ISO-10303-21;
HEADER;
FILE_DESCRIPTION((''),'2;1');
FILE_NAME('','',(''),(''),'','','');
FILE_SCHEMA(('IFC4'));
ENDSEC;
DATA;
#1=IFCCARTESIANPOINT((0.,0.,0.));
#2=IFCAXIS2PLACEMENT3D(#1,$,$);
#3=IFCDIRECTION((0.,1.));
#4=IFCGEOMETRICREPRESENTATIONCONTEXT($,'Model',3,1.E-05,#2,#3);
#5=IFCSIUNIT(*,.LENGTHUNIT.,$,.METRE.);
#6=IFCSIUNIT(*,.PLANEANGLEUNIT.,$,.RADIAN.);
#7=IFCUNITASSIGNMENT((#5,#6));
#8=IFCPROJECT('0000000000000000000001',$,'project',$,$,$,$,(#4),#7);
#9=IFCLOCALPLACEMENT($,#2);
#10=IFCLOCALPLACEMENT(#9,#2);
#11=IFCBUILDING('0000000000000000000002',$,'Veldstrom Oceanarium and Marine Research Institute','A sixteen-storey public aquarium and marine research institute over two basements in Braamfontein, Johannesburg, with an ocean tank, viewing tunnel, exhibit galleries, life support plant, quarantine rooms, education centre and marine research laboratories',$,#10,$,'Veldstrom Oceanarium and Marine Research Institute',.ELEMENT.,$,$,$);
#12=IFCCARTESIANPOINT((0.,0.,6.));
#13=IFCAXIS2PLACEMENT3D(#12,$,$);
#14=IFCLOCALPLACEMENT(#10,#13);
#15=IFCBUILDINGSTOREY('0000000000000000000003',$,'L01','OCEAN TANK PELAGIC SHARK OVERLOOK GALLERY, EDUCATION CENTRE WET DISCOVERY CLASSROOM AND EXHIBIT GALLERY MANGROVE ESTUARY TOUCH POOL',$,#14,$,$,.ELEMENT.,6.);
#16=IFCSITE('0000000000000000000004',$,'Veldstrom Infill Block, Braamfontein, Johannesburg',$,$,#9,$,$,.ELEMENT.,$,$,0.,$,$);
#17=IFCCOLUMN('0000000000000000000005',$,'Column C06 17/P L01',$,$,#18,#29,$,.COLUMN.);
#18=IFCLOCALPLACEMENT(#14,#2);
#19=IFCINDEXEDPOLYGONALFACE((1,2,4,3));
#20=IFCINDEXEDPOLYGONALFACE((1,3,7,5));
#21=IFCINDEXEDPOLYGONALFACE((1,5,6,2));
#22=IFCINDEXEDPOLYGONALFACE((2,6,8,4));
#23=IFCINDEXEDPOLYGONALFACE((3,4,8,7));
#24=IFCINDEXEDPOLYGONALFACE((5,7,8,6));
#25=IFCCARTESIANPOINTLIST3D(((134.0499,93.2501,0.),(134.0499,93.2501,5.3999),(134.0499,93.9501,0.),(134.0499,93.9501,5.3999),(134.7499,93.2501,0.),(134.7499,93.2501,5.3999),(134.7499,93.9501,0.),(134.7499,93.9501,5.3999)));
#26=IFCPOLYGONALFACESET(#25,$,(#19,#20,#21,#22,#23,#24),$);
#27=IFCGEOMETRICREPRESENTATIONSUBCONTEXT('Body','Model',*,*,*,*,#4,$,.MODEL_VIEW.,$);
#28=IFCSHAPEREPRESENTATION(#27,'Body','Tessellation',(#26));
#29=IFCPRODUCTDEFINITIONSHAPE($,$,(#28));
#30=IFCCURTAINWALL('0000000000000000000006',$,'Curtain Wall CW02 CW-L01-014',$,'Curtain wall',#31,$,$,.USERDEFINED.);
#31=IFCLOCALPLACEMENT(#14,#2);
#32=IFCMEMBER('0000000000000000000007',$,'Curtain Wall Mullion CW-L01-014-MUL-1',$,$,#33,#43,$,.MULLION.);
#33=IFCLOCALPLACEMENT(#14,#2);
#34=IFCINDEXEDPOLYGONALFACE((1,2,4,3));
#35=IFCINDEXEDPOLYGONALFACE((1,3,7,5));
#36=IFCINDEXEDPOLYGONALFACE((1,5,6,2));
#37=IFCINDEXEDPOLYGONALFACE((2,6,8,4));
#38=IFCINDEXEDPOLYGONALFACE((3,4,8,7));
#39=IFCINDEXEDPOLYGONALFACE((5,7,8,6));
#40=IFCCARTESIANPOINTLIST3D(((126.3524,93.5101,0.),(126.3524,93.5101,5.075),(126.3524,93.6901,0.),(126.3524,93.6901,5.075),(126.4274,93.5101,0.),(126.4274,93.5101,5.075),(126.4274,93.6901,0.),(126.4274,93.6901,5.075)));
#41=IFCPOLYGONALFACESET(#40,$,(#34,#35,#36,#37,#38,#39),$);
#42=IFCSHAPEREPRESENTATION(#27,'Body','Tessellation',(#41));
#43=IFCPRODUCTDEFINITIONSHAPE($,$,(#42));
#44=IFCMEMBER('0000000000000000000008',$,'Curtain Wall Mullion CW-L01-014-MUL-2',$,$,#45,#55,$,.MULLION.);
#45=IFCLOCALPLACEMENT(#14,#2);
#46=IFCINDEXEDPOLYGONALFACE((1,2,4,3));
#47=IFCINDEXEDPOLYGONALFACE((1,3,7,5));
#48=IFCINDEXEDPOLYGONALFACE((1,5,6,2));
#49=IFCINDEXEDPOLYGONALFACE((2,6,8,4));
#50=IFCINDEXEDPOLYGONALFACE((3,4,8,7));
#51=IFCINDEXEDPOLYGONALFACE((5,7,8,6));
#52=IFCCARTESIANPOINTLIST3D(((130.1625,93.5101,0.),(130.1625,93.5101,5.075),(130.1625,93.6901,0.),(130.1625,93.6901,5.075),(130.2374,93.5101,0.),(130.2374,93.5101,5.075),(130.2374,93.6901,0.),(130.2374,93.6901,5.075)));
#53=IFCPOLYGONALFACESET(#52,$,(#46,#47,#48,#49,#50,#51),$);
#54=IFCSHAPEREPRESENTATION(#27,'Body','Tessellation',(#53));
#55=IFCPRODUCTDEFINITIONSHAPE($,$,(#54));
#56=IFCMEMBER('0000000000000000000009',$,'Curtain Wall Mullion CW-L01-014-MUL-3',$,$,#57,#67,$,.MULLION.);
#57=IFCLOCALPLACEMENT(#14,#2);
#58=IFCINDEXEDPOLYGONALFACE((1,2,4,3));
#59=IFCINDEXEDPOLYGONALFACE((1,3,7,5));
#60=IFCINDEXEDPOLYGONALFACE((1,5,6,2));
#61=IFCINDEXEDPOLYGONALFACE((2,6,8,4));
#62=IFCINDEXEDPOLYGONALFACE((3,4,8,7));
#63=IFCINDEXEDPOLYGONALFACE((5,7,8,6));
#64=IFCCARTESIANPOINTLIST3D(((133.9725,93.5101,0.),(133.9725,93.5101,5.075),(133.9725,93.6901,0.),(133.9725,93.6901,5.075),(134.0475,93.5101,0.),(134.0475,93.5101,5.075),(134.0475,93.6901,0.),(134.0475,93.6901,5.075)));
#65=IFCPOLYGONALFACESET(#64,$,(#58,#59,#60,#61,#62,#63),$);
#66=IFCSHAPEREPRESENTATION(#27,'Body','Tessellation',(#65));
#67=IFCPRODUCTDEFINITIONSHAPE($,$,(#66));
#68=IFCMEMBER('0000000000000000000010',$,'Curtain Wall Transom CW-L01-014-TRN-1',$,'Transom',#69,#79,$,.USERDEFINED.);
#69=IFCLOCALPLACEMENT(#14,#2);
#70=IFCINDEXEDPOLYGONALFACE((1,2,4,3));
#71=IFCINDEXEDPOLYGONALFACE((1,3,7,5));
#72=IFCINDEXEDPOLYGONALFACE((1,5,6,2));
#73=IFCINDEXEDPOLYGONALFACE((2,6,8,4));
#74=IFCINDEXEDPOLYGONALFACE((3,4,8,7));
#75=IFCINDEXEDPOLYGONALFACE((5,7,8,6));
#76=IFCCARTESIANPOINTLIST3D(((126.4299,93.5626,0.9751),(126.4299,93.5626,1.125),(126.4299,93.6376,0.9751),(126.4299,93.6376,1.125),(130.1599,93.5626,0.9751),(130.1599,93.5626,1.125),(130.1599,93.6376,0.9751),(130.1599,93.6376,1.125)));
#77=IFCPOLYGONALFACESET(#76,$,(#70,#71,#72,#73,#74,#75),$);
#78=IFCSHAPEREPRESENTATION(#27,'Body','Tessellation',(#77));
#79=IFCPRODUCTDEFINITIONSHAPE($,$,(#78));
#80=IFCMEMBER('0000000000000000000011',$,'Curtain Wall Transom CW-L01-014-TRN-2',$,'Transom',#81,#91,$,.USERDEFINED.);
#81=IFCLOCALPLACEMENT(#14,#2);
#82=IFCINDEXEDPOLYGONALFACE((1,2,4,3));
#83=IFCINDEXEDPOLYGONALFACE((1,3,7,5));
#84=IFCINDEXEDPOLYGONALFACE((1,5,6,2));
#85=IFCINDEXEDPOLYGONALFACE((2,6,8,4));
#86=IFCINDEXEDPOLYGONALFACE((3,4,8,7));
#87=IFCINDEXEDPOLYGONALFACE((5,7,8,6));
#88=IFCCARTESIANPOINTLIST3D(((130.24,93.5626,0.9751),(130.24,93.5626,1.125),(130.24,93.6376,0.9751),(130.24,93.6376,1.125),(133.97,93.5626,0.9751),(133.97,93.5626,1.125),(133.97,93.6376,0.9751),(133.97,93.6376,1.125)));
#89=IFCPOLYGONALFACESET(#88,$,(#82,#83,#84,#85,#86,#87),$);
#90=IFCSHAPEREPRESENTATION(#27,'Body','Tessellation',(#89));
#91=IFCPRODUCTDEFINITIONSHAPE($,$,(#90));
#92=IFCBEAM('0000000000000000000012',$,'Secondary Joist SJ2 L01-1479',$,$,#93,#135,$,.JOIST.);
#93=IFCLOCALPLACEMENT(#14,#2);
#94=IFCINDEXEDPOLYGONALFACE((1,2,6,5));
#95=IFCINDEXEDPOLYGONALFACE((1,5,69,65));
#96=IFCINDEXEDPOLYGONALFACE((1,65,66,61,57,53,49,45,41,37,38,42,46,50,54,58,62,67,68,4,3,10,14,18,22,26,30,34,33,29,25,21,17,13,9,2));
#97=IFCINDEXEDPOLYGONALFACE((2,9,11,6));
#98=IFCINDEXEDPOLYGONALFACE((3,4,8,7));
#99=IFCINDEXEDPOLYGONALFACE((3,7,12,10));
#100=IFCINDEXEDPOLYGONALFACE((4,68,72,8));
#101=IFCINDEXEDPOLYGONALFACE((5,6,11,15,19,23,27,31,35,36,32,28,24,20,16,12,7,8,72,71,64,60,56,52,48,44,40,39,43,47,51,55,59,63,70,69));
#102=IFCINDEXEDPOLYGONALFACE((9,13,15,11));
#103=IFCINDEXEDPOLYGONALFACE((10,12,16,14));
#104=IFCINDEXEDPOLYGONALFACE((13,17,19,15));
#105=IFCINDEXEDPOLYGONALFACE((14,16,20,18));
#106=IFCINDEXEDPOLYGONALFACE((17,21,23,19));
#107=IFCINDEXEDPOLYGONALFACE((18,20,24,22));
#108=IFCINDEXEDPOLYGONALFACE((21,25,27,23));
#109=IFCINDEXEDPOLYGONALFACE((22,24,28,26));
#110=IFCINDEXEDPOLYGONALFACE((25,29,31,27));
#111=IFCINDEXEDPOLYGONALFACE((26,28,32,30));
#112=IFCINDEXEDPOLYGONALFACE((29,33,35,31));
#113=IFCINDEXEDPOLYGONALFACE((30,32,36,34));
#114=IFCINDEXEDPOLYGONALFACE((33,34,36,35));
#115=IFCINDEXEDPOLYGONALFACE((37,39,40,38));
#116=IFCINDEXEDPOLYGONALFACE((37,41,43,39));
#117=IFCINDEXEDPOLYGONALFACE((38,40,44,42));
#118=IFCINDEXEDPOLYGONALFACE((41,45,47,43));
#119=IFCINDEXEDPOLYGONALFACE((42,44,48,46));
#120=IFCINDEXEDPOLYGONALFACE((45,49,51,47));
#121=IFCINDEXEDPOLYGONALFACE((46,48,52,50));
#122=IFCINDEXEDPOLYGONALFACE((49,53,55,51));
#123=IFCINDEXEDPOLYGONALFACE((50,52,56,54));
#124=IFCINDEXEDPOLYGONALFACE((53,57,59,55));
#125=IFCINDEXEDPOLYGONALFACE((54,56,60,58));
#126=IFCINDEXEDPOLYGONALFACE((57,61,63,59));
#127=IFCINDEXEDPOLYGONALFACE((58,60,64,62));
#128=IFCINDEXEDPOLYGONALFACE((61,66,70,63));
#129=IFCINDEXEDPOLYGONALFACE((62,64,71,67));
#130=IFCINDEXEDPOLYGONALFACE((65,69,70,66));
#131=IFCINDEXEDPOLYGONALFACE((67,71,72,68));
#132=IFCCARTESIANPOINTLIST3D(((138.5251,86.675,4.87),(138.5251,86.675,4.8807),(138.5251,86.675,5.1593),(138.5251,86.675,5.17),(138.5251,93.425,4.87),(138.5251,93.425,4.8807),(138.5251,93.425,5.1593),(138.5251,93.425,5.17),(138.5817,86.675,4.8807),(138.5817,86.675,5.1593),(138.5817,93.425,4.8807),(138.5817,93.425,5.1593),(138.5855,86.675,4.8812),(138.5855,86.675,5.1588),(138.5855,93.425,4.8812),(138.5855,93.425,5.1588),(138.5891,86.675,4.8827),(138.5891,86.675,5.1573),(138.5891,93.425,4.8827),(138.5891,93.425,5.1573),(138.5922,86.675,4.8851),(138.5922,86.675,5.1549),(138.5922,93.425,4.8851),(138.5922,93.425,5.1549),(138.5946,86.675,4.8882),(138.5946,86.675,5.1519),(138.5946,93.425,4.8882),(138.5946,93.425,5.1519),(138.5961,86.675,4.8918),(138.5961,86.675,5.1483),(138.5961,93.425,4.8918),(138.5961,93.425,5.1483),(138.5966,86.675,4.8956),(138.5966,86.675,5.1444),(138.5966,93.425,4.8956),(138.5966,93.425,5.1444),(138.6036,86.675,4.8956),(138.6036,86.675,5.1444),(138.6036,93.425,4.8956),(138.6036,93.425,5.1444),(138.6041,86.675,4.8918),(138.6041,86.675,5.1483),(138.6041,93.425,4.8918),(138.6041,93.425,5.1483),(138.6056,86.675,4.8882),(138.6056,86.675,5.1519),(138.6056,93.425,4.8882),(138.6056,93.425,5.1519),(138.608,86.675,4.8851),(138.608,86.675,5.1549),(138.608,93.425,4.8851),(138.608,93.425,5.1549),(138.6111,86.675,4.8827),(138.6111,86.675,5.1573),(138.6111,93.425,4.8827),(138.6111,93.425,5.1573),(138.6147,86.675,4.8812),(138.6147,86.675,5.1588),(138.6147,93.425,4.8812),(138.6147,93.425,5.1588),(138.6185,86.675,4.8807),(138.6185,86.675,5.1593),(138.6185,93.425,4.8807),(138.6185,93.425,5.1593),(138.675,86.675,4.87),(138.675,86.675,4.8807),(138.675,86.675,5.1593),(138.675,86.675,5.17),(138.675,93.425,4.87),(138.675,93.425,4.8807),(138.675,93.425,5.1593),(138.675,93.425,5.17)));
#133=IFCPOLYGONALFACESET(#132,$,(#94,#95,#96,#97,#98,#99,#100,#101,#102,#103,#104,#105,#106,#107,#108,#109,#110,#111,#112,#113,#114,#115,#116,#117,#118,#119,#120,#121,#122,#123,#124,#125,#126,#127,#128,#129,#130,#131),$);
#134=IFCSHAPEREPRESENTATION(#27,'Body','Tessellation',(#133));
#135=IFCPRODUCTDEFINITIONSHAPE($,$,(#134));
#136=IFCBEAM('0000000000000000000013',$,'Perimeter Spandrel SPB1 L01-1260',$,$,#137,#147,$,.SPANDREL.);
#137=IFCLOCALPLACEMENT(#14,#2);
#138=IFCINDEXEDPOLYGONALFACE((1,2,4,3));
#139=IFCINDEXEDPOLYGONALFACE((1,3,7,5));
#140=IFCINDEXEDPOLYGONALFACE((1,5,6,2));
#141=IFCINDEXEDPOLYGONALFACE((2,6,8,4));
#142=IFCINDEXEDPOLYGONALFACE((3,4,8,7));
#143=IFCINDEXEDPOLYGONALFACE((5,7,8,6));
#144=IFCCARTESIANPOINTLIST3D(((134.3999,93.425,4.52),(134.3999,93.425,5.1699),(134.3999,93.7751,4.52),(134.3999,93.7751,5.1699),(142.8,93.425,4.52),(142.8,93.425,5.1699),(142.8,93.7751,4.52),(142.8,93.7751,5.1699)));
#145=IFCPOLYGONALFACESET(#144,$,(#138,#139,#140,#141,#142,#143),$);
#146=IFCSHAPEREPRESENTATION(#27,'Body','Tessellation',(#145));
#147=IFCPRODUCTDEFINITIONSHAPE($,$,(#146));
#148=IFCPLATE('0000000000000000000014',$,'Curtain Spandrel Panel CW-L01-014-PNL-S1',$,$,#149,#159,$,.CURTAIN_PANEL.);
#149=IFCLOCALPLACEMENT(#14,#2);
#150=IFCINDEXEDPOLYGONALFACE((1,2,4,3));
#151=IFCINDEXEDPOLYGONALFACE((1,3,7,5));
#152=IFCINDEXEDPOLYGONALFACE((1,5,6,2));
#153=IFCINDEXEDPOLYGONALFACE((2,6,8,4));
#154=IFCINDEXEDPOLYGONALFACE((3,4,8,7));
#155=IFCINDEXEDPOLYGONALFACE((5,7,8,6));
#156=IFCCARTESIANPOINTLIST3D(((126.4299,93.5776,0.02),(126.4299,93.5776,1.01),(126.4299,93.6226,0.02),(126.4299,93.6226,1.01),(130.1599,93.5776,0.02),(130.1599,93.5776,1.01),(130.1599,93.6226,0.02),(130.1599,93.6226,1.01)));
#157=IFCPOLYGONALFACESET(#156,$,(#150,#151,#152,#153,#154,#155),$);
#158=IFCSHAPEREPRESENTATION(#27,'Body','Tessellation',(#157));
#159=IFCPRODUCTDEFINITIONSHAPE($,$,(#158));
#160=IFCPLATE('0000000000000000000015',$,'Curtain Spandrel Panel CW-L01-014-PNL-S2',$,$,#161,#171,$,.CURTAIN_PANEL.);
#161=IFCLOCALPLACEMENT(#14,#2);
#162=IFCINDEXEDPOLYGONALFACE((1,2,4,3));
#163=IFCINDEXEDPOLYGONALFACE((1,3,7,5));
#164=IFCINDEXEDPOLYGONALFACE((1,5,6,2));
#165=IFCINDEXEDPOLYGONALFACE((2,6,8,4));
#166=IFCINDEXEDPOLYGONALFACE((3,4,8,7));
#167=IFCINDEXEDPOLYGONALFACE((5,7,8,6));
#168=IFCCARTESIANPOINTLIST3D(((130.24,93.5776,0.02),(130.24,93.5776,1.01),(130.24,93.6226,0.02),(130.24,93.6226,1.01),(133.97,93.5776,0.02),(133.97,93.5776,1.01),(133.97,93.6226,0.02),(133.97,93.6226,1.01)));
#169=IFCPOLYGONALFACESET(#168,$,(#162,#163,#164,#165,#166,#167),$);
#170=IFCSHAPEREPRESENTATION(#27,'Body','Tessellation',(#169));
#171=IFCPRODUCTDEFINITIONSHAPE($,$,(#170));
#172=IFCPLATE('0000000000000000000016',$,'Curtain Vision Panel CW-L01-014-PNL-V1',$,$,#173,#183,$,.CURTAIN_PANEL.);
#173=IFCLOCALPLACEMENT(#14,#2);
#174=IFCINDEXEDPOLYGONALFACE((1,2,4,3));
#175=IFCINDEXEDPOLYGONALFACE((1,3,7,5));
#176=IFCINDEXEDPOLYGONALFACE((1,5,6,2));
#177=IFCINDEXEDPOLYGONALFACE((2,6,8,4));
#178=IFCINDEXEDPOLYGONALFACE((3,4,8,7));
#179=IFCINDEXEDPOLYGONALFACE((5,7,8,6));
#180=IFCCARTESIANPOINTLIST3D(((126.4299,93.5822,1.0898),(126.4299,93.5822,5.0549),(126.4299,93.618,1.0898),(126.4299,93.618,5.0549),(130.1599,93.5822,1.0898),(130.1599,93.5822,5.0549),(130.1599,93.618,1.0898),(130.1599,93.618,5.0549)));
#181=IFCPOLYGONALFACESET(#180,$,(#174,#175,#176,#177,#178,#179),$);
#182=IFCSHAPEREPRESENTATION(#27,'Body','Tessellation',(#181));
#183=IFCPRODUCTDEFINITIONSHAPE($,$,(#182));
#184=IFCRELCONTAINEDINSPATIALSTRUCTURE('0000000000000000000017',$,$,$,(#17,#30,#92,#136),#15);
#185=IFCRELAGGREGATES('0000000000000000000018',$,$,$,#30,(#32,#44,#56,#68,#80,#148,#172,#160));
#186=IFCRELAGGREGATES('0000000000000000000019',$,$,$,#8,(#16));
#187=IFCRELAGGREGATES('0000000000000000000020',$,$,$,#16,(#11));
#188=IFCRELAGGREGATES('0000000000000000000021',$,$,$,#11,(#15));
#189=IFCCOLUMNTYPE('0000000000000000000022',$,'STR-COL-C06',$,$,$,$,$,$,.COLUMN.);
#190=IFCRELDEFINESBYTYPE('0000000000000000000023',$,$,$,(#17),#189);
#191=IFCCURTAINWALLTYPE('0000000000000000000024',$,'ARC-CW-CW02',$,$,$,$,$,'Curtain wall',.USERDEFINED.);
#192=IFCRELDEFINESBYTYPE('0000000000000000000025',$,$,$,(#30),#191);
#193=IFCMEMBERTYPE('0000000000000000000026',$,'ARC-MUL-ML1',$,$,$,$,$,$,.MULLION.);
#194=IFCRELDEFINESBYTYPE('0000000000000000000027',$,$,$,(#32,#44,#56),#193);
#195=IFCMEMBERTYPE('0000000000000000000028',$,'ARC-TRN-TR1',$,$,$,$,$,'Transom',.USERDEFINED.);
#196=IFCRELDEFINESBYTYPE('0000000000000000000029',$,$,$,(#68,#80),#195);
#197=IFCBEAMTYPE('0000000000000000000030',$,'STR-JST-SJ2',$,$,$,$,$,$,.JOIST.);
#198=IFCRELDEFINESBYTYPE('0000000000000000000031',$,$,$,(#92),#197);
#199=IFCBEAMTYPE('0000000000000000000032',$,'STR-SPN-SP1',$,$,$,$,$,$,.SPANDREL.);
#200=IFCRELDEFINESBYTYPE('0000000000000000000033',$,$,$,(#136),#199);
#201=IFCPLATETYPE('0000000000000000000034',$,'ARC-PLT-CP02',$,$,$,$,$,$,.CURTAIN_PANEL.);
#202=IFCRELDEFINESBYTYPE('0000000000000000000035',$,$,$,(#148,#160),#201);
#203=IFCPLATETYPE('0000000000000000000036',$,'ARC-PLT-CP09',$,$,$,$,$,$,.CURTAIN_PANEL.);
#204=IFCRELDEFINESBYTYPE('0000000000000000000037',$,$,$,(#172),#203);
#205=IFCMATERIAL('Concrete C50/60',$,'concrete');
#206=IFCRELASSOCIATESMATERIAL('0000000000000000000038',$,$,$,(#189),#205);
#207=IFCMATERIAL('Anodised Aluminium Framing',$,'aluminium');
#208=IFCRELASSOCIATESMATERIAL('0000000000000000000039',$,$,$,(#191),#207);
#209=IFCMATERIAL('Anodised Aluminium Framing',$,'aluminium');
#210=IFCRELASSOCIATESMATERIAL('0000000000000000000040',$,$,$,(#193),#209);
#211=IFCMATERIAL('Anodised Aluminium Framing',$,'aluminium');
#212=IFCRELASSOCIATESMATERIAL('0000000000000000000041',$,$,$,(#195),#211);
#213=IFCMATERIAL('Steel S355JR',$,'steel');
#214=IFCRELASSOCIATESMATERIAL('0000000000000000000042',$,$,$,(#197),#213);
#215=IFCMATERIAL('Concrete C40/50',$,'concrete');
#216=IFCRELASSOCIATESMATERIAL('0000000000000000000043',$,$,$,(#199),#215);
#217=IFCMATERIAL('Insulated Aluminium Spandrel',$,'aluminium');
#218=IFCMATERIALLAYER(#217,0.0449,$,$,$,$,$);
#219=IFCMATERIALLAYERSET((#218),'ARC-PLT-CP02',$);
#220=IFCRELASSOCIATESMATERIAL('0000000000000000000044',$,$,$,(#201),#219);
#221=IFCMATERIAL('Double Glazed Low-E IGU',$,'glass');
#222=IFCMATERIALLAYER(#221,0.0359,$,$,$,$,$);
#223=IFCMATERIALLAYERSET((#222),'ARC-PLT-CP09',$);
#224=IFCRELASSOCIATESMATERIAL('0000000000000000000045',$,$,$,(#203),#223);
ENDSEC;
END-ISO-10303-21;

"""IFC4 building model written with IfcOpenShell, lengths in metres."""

from ifc_helpers import new_model, si_unit, direction, frame, origin, origin_2d, place, context, subcontext, project, spatial, rectangle, i_section, extrude, material, layer, layer_set, material_profile, profile_set, type_object, element, aggregate, save


model = new_model("IFC4")

# Units and contexts
model_context = context("Model", 3, precision=1e-05, world=origin(), true_north=direction((0.0, 1.0)))
body_context = subcontext(model_context, "Body", "Model", "MODEL_VIEW")
ifc_project = project(units=[si_unit("LENGTHUNIT", "METRE"), si_unit("PLANEANGLEUNIT", "RADIAN")], contexts=[model_context])

# Site, building, storey
site_placement = place(None, origin())
site = spatial("IfcSite", under=ifc_project, at=site_placement, Name="Veldstrom Infill Block, Braamfontein, Johannesburg", CompositionType="ELEMENT", RefElevation=0.0)
building_placement = place(site_placement, origin())
building = spatial("IfcBuilding", under=site, at=building_placement, Name="Veldstrom Oceanarium and Marine Research Institute", Description="A sixteen-storey public aquarium and marine research institute over two basements in Braamfontein, Johannesburg, with an ocean tank, viewing tunnel, exhibit galleries, life support plant, quarantine rooms, education centre and marine research laboratories", LongName="Veldstrom Oceanarium and Marine Research Institute", CompositionType="ELEMENT")
storey_placement = place(building_placement, frame((0.0, 0.0, 6.0)))
storey = spatial("IfcBuildingStorey", under=building, at=storey_placement, Name="L01", Description="OCEAN TANK PELAGIC SHARK OVERLOOK GALLERY, EDUCATION CENTRE WET DISCOVERY CLASSROOM AND EXHIBIT GALLERY MANGROVE ESTUARY TOUCH POOL", CompositionType="ELEMENT", Elevation=6.0)

# Column
ifc_material_1 = material(Name="Concrete C50/60", Category="concrete")
ifc_material_profile_1 = material_profile(ifc_material_1, rectangle(XDim=0.7, YDim=0.7, at=origin_2d()), Name="RC-COL-700x700")
ifc_profile_set_1 = profile_set([ifc_material_profile_1], Name="Concrete C50/60")
column_type = type_object("IfcColumnType", Name="STR-COL-C06", PredefinedType="COLUMN", material=ifc_profile_set_1)
column_placement = place(storey_placement, frame((134.3999, 93.6001, 0.0), z_axis=(0.0, 0.0, 1.0), x_axis=(1.0, 0.0, 0.0)))
element("IfcColumn", 1, at=column_placement, inside=storey, type_object=column_type, Name="Column C06 17/P L01", PredefinedType="COLUMN", context=body_context, shape_type="SweptSolid", body=[
    extrude(rectangle(XDim=0.7, YDim=0.7, at=origin_2d()), origin(), (0.0, 0.0, 1.0), 5.3999),
])

# Curtain wall, members
ifc_material_2 = material(Name="Anodised Aluminium Framing", Category="aluminium")
curtain_wall_type = type_object("IfcCurtainWallType", Name="ARC-CW-CW02", ElementType="Curtain wall", PredefinedType="USERDEFINED", material=ifc_material_2)
curtain_wall_placement = place(storey_placement, origin())
curtain_wall = element("IfcCurtainWall", 2, at=curtain_wall_placement, inside=storey, type_object=curtain_wall_type, Name="Curtain Wall CW02 CW-L01-014", ObjectType="Curtain wall", PredefinedType="USERDEFINED")
ifc_material_3 = material(Name="Anodised Aluminium Framing", Category="aluminium")
ifc_material_profile_2 = material_profile(ifc_material_3, rectangle(XDim=0.075, YDim=0.1799, at=origin_2d()), Name="ALU-MUL-75x180")
ifc_profile_set_2 = profile_set([ifc_material_profile_2], Name="Anodised Aluminium Framing")
member_type_1 = type_object("IfcMemberType", Name="ARC-MUL-ML1", PredefinedType="MULLION", material=ifc_profile_set_2)
member_1_placement = place(storey_placement, frame((126.3899, 93.6001, 0.0), z_axis=(0.0, 0.0, 1.0), x_axis=(1.0, 0.0, 0.0)))
member_1 = element("IfcMember", 3, at=member_1_placement, type_object=member_type_1, Name="Curtain Wall Mullion CW-L01-014-MUL-1", PredefinedType="MULLION", context=body_context, shape_type="SweptSolid", body=[
    extrude(rectangle(XDim=0.075, YDim=0.1799, at=origin_2d()), origin(), (0.0, 0.0, 1.0), 5.075),
])
member_2_placement = place(storey_placement, frame((130.2, 93.6001, 0.0), z_axis=(0.0, 0.0, 1.0), x_axis=(1.0, 0.0, 0.0)))
member_2 = element("IfcMember", 4, at=member_2_placement, type_object=member_type_1, Name="Curtain Wall Mullion CW-L01-014-MUL-2", PredefinedType="MULLION", context=body_context, shape_type="SweptSolid", body=[
    extrude(rectangle(XDim=0.075, YDim=0.1799, at=origin_2d()), origin(), (0.0, 0.0, 1.0), 5.075),
])
member_3_placement = place(storey_placement, frame((134.01, 93.6001, 0.0), z_axis=(0.0, 0.0, 1.0), x_axis=(1.0, 0.0, 0.0)))
member_3 = element("IfcMember", 5, at=member_3_placement, type_object=member_type_1, Name="Curtain Wall Mullion CW-L01-014-MUL-3", PredefinedType="MULLION", context=body_context, shape_type="SweptSolid", body=[
    extrude(rectangle(XDim=0.075, YDim=0.1799, at=origin_2d()), origin(), (0.0, 0.0, 1.0), 5.075),
])
ifc_material_4 = material(Name="Anodised Aluminium Framing", Category="aluminium")
ifc_material_profile_3 = material_profile(ifc_material_4, rectangle(XDim=0.075, YDim=0.1499, at=origin_2d()), Name="ALU-TRN-75x150")
ifc_profile_set_3 = profile_set([ifc_material_profile_3], Name="Anodised Aluminium Framing")
member_type_2 = type_object("IfcMemberType", Name="ARC-TRN-TR1", ElementType="Transom", PredefinedType="USERDEFINED", material=ifc_profile_set_3)
member_4_placement = place(storey_placement, frame((126.4299, 93.6001, 1.05), z_axis=(1.0, 0.0, 0.0), x_axis=(0.0, 1.0, 0.0)))
member_4 = element("IfcMember", 6, at=member_4_placement, type_object=member_type_2, Name="Curtain Wall Transom CW-L01-014-TRN-1", ObjectType="Transom", PredefinedType="USERDEFINED", context=body_context, shape_type="SweptSolid", body=[
    extrude(rectangle(XDim=0.075, YDim=0.1499, at=origin_2d()), origin(), (0.0, 0.0, 1.0), 3.73),
])
member_5_placement = place(storey_placement, frame((130.24, 93.6001, 1.05), z_axis=(1.0, 0.0, 0.0), x_axis=(0.0, 1.0, 0.0)))
member_5 = element("IfcMember", 7, at=member_5_placement, type_object=member_type_2, Name="Curtain Wall Transom CW-L01-014-TRN-2", ObjectType="Transom", PredefinedType="USERDEFINED", context=body_context, shape_type="SweptSolid", body=[
    extrude(rectangle(XDim=0.075, YDim=0.1499, at=origin_2d()), origin(), (0.0, 0.0, 1.0), 3.73),
])

# Beams
ifc_material_5 = material(Name="Steel S355JR", Category="steel")
ifc_material_profile_4 = material_profile(ifc_material_5, i_section(OverallWidth=0.1499, OverallDepth=0.3, WebThickness=0.0071, FlangeThickness=0.0107, FilletRadius=0.0149, at=origin_2d()), Name="IPE 300")
ifc_profile_set_4 = profile_set([ifc_material_profile_4], Name="Steel S355JR")
beam_type_1 = type_object("IfcBeamType", Name="STR-JST-SJ2", PredefinedType="JOIST", material=ifc_profile_set_4)
beam_1_placement = place(storey_placement, frame((138.6001, 86.675, 5.02), z_axis=(0.0, 1.0, 0.0), x_axis=(-1.0, 0.0, 0.0)))
element("IfcBeam", 8, at=beam_1_placement, inside=storey, type_object=beam_type_1, Name="Secondary Joist SJ2 L01-1479", PredefinedType="JOIST", context=body_context, shape_type="SweptSolid", body=[
    extrude(i_section(OverallWidth=0.1499, OverallDepth=0.3, WebThickness=0.0071, FlangeThickness=0.0107, FilletRadius=0.0149, at=origin_2d()), origin(), (0.0, 0.0, 1.0), 6.75),
])
ifc_material_6 = material(Name="Concrete C40/50", Category="concrete")
ifc_material_profile_5 = material_profile(ifc_material_6, rectangle(XDim=0.3501, YDim=0.6499, at=origin_2d()), Name="RC-SPN-350x650")
ifc_profile_set_5 = profile_set([ifc_material_profile_5], Name="Concrete C40/50")
beam_type_2 = type_object("IfcBeamType", Name="STR-SPN-SP1", PredefinedType="SPANDREL", material=ifc_profile_set_5)
beam_2_placement = place(storey_placement, frame((134.3999, 93.6001, 4.845), z_axis=(1.0, 0.0, 0.0), x_axis=(0.0, 1.0, 0.0)))
element("IfcBeam", 9, at=beam_2_placement, inside=storey, type_object=beam_type_2, Name="Perimeter Spandrel SPB1 L01-1260", PredefinedType="SPANDREL", context=body_context, shape_type="SweptSolid", body=[
    extrude(rectangle(XDim=0.3501, YDim=0.6499, at=origin_2d()), origin(), (0.0, 0.0, 1.0), 8.4001),
])

# Plates
ifc_material_7 = material(Name="Insulated Aluminium Spandrel", Category="aluminium")
ifc_layer_1 = layer(ifc_material_7, 0.0449)
ifc_layer_set_1 = layer_set([ifc_layer_1], Name="ARC-PLT-CP02")
plate_type_1 = type_object("IfcPlateType", Name="ARC-PLT-CP02", PredefinedType="CURTAIN_PANEL", material=ifc_layer_set_1)
plate_1_placement = place(storey_placement, frame((128.2949, 93.6001, 0.02), z_axis=(0.0, 0.0, 1.0), x_axis=(1.0, 0.0, 0.0)))
plate_1 = element("IfcPlate", 10, at=plate_1_placement, type_object=plate_type_1, Name="Curtain Spandrel Panel CW-L01-014-PNL-S1", PredefinedType="CURTAIN_PANEL", context=body_context, shape_type="SweptSolid", body=[
    extrude(rectangle(XDim=3.73, YDim=0.0449, at=origin_2d()), origin(), (0.0, 0.0, 1.0), 0.99),
])
plate_2_placement = place(storey_placement, frame((132.105, 93.6001, 0.02), z_axis=(0.0, 0.0, 1.0), x_axis=(1.0, 0.0, 0.0)))
plate_2 = element("IfcPlate", 11, at=plate_2_placement, type_object=plate_type_1, Name="Curtain Spandrel Panel CW-L01-014-PNL-S2", PredefinedType="CURTAIN_PANEL", context=body_context, shape_type="SweptSolid", body=[
    extrude(rectangle(XDim=3.73, YDim=0.0449, at=origin_2d()), origin(), (0.0, 0.0, 1.0), 0.99),
])
ifc_material_8 = material(Name="Double Glazed Low-E IGU", Category="glass")
ifc_layer_2 = layer(ifc_material_8, 0.0359)
ifc_layer_set_2 = layer_set([ifc_layer_2], Name="ARC-PLT-CP09")
plate_type_2 = type_object("IfcPlateType", Name="ARC-PLT-CP09", PredefinedType="CURTAIN_PANEL", material=ifc_layer_set_2)
plate_3_placement = place(storey_placement, frame((128.2949, 93.6001, 1.0898), z_axis=(0.0, 0.0, 1.0), x_axis=(1.0, 0.0, 0.0)))
plate_3 = element("IfcPlate", 12, at=plate_3_placement, type_object=plate_type_2, Name="Curtain Vision Panel CW-L01-014-PNL-V1", PredefinedType="CURTAIN_PANEL", context=body_context, shape_type="SweptSolid", body=[
    extrude(rectangle(XDim=3.73, YDim=0.0359, at=origin_2d()), origin(), (0.0, 0.0, 1.0), 3.9651),
])
aggregate(curtain_wall, [member_1, member_2, member_3, member_4, member_5, plate_1, plate_3, plate_2])

save(model, "model.ifc")
